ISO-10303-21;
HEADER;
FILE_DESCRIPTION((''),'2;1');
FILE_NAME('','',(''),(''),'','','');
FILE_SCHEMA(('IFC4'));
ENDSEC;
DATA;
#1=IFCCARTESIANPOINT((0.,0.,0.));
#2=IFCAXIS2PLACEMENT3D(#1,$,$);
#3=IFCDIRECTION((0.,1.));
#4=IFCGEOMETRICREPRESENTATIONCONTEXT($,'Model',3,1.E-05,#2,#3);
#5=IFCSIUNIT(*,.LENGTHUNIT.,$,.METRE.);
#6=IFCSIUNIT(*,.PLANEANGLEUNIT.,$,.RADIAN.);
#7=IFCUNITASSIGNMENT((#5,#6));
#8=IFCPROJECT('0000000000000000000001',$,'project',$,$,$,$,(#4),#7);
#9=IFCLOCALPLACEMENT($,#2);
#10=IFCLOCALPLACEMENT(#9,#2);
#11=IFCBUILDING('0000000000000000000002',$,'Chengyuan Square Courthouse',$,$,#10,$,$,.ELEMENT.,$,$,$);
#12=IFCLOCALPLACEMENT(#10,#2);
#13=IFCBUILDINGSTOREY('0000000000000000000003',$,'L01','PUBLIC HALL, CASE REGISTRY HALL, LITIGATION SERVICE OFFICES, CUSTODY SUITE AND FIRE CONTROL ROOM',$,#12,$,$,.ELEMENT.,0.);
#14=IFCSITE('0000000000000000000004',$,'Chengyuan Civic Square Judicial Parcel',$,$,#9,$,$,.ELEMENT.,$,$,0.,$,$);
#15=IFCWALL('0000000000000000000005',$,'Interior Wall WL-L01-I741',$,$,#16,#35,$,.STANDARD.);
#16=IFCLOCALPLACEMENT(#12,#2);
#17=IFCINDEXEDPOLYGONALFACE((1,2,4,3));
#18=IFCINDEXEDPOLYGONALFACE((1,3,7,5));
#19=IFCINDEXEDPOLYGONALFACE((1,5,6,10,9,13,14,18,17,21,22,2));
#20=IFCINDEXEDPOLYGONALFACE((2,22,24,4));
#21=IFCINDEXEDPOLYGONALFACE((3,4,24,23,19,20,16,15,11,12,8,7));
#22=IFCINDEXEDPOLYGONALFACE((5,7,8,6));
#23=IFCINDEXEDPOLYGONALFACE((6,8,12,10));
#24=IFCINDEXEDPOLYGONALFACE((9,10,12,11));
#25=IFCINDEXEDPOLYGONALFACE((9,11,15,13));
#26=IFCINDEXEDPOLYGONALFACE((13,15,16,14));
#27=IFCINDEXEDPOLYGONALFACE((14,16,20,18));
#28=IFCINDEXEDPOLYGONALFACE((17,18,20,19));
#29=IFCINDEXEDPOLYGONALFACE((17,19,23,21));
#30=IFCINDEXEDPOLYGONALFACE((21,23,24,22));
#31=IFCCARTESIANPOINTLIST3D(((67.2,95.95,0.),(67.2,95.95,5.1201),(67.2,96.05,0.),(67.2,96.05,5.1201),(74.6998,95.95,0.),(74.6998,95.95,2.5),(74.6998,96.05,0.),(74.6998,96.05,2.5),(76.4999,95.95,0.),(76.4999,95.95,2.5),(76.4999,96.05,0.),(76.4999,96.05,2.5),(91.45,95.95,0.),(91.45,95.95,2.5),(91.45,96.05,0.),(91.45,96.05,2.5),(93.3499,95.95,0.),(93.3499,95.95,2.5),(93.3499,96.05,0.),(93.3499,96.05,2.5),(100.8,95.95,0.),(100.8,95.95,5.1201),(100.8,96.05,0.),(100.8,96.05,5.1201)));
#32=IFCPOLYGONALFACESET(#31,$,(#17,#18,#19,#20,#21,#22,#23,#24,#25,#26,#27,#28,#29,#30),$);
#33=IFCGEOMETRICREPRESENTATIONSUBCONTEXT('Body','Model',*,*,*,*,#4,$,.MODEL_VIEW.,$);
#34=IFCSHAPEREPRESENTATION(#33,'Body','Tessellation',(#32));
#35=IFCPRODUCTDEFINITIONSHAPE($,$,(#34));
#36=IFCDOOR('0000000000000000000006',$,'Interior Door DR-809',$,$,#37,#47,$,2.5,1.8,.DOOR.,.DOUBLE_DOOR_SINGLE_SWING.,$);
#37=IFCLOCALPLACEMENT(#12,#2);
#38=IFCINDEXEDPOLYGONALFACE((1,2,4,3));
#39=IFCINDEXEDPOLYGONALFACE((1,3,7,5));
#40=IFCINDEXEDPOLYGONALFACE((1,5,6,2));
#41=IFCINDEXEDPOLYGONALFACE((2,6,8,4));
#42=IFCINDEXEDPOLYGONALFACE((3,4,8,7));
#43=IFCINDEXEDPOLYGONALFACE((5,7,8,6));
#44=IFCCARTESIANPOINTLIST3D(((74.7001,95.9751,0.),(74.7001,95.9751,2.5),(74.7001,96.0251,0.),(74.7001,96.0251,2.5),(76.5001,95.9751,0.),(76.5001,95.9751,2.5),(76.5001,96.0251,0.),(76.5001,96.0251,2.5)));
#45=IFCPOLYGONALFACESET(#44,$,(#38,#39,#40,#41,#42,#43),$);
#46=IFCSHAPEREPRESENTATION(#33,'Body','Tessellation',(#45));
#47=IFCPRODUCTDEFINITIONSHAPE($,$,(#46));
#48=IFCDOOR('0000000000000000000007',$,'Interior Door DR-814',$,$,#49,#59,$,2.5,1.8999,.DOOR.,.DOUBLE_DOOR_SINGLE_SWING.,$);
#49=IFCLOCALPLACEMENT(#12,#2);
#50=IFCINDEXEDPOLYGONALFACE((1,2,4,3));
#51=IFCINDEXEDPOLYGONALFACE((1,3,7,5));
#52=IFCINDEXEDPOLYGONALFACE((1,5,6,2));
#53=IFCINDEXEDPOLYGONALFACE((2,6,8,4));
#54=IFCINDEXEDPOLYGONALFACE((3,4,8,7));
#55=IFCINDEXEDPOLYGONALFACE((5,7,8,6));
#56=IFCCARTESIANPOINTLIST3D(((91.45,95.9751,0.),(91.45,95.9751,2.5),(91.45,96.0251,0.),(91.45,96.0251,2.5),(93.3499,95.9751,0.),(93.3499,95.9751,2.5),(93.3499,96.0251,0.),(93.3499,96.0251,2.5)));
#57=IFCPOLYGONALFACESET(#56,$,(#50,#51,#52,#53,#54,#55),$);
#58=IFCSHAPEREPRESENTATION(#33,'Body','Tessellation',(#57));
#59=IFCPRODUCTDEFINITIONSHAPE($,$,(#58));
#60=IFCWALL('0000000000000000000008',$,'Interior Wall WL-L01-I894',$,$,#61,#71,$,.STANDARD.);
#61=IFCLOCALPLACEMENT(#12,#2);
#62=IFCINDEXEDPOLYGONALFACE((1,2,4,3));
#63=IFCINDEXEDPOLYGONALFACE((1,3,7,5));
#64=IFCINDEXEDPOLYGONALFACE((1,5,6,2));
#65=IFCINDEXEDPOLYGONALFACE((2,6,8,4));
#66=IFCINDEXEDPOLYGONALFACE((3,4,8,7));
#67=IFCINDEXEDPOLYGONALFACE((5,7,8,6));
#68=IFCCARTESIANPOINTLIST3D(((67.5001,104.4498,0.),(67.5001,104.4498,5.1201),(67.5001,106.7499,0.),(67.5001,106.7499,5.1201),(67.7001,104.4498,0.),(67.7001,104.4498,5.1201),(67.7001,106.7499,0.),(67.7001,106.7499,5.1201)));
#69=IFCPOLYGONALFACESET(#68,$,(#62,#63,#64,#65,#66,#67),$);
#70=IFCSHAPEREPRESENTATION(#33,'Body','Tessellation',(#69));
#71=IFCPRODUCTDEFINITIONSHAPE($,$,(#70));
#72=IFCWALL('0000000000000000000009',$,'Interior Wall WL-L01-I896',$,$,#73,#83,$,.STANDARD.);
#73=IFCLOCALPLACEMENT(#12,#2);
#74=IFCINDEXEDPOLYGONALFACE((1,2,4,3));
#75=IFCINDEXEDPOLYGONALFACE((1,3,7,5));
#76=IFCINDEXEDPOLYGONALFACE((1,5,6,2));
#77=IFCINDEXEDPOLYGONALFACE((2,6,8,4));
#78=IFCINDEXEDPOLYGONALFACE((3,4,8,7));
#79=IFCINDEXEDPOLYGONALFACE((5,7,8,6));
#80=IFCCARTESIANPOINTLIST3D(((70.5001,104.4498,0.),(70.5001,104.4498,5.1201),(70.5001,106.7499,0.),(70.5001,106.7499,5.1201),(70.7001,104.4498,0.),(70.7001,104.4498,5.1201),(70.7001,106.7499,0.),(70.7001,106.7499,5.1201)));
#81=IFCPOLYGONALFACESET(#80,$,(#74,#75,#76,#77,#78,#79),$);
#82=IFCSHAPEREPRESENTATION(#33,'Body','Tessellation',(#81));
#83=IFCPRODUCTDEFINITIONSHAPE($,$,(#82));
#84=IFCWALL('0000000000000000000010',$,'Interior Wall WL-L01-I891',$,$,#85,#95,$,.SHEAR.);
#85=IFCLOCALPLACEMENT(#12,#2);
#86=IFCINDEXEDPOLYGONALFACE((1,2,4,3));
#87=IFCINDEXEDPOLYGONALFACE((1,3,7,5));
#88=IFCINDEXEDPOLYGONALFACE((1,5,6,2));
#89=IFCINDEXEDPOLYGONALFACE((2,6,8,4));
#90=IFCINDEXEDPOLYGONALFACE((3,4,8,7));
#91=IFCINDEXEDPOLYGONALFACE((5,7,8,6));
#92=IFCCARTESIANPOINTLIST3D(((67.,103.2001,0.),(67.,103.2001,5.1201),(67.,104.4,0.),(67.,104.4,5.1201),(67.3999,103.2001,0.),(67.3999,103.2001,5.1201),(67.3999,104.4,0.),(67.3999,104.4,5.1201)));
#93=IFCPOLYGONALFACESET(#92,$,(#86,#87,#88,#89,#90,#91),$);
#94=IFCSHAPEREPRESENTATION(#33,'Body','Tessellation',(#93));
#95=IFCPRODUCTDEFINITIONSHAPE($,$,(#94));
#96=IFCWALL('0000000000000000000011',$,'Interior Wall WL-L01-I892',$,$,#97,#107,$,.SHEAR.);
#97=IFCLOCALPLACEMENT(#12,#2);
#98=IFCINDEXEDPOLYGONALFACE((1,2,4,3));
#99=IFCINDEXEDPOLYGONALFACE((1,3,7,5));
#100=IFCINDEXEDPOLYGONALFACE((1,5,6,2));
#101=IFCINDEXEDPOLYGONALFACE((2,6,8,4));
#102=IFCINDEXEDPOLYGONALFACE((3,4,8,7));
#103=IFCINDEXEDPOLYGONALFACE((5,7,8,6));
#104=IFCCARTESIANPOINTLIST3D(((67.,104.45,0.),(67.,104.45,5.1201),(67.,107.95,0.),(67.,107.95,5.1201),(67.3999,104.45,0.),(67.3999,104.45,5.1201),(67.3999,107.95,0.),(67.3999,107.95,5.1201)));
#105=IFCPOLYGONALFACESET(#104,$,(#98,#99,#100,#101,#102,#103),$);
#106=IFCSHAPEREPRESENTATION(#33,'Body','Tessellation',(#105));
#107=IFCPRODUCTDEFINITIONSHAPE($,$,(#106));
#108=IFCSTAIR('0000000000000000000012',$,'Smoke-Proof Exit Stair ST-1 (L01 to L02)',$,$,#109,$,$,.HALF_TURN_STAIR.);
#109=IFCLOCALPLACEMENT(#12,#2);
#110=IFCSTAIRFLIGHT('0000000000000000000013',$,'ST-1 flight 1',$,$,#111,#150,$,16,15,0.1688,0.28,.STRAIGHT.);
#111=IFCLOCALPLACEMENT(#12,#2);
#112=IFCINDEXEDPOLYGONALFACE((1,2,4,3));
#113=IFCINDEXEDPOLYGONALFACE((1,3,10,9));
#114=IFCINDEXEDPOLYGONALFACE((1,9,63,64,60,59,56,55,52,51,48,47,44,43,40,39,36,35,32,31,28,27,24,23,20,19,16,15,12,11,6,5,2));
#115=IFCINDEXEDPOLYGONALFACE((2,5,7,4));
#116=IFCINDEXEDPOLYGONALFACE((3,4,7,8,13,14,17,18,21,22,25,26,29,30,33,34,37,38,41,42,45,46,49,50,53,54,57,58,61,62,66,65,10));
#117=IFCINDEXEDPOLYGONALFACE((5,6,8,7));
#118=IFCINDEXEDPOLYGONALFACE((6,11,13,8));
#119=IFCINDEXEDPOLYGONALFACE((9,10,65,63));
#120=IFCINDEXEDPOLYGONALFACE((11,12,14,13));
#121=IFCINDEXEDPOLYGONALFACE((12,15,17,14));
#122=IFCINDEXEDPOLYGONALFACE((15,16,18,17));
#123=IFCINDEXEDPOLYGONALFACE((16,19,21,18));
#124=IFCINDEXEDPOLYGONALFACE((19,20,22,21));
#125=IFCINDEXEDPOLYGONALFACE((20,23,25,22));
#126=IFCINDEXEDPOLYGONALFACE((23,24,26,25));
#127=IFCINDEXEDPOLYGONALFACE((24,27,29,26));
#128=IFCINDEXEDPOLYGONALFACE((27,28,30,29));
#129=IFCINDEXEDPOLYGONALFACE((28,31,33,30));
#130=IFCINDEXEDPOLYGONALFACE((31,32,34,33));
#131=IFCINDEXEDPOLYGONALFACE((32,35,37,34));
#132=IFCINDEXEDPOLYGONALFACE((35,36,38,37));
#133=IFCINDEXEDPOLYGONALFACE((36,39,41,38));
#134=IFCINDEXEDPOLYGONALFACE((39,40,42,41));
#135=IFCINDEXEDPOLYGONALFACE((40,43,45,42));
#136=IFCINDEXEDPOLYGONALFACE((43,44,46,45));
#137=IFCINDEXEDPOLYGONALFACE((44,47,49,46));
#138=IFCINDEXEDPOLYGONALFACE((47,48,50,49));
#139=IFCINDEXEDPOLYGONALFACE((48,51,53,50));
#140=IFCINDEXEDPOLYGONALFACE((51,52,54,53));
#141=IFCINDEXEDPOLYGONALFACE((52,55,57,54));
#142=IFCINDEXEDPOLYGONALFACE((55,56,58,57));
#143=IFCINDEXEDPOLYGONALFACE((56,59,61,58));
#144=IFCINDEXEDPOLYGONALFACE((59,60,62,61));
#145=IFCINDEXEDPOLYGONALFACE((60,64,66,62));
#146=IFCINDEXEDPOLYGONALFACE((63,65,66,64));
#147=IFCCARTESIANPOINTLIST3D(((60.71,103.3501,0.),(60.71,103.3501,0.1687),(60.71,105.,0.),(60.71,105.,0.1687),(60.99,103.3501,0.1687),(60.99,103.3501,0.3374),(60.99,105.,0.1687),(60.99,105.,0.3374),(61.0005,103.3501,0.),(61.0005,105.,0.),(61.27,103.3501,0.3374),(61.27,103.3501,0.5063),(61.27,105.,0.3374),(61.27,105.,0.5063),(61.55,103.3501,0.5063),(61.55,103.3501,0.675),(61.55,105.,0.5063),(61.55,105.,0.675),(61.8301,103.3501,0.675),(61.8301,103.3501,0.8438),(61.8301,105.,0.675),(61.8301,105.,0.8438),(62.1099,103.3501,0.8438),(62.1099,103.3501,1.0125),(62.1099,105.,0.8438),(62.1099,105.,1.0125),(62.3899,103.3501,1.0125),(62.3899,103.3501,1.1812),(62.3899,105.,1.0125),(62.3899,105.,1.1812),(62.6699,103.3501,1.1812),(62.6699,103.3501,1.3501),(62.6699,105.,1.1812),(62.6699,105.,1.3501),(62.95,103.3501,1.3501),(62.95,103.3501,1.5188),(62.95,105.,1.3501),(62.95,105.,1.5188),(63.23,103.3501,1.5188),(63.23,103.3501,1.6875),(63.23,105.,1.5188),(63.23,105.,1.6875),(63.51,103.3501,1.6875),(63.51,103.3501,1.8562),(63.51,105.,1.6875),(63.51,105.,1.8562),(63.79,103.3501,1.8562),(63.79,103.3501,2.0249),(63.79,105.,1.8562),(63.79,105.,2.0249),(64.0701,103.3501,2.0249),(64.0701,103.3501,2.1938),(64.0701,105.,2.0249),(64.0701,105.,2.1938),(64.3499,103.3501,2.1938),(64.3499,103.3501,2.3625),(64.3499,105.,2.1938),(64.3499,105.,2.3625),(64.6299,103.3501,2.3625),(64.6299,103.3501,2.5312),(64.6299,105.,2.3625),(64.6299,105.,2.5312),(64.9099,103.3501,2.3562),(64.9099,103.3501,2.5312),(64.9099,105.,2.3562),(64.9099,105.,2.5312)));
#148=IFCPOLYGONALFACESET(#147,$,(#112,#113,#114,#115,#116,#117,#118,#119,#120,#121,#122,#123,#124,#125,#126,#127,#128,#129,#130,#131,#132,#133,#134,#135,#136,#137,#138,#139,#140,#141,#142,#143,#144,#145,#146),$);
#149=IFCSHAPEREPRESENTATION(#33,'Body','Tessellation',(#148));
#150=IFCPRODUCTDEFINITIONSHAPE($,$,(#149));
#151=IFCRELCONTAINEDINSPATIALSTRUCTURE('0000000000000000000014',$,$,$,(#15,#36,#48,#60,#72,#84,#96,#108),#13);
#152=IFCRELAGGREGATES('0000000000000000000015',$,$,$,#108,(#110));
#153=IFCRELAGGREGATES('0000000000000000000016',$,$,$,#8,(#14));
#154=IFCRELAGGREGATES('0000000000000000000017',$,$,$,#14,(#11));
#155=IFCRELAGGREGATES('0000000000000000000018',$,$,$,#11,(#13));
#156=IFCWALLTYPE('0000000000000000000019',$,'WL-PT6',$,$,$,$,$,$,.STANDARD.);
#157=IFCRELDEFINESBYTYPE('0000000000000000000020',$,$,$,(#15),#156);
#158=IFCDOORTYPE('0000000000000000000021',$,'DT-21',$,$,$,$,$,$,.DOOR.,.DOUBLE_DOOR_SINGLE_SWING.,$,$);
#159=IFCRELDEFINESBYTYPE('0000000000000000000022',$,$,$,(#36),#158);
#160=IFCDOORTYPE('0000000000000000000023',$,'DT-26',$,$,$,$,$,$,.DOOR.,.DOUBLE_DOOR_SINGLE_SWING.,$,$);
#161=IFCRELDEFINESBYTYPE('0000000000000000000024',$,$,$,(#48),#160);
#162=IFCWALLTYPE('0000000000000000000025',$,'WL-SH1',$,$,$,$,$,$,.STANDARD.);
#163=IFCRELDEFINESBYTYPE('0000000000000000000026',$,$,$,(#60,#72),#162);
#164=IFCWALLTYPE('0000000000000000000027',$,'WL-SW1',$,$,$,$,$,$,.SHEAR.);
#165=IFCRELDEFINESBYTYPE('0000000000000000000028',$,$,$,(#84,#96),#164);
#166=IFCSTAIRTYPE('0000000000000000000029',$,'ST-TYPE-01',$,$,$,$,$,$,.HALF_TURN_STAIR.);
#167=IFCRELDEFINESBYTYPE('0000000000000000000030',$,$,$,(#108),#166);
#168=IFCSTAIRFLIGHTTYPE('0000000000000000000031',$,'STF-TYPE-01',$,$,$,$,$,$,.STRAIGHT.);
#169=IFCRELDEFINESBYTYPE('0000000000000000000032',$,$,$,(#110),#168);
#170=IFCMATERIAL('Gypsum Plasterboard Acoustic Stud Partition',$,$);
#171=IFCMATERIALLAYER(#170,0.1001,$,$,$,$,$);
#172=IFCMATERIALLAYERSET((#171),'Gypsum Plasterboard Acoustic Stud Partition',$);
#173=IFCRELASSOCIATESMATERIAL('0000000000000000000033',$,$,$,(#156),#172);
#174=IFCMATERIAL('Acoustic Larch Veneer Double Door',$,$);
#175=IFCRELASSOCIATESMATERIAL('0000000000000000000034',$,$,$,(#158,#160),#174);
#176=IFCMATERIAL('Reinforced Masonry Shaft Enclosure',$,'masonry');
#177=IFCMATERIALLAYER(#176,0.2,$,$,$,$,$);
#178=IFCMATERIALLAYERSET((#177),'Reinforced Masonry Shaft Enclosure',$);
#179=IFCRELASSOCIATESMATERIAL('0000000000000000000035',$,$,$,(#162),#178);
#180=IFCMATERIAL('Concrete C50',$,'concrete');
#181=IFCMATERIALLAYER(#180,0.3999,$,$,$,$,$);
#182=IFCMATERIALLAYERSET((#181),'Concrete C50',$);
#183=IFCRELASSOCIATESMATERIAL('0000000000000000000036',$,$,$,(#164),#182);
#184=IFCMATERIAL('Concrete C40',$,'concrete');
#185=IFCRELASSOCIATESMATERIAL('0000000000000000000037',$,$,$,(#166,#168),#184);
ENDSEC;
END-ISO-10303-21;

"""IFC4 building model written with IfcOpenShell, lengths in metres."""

from ifc_helpers import new_model, si_unit, direction, frame, frame_2d, origin, place, context, subcontext, project, spatial, polyline, rectangle, outline, extrude, material, layer, layer_set, type_object, element, fill, aggregate, save


model = new_model("IFC4")

# Units and contexts
model_context = context("Model", 3, precision=1e-05, world=origin(), true_north=direction((0.0, 1.0)))
body_context = subcontext(model_context, "Body", "Model", "MODEL_VIEW")
ifc_project = project(units=[si_unit("LENGTHUNIT", "METRE"), si_unit("PLANEANGLEUNIT", "RADIAN")], contexts=[model_context])

# Site, building, storey
site_placement = place(None, origin())
site = spatial("IfcSite", under=ifc_project, at=site_placement, Name="Chengyuan Civic Square Judicial Parcel", CompositionType="ELEMENT", RefElevation=0.0)
building_placement = place(site_placement, origin())
building = spatial("IfcBuilding", under=site, at=building_placement, Name="Chengyuan Square Courthouse", CompositionType="ELEMENT")
storey_placement = place(building_placement, origin())
storey = spatial("IfcBuildingStorey", under=building, at=storey_placement, Name="L01", Description="PUBLIC HALL, CASE REGISTRY HALL, LITIGATION SERVICE OFFICES, CUSTODY SUITE AND FIRE CONTROL ROOM", CompositionType="ELEMENT", Elevation=0.0)

# Shared definitions
ifc_material_1 = material(Name="Concrete C50", Category="concrete")

# Shared definitions
ifc_material_2 = material(Name="Concrete C40", Category="concrete")

# Shared definitions
ifc_material_3 = material(Name="Acoustic Larch Veneer Double Door")

# Wall, openings, doors
ifc_material_4 = material(Name="Gypsum Plasterboard Acoustic Stud Partition")
ifc_layer_1 = layer(ifc_material_4, 0.1001)
ifc_layer_set_1 = layer_set([ifc_layer_1], Name="Gypsum Plasterboard Acoustic Stud Partition")
wall_type_1 = type_object("IfcWallType", Name="WL-PT6", PredefinedType="STANDARD", material=ifc_layer_set_1)
door_type_1 = type_object("IfcDoorType", Name="DT-21", OperationType="DOUBLE_DOOR_SINGLE_SWING", PredefinedType="DOOR", material=ifc_material_3)
wall_1_placement = place(storey_placement, frame((67.2, 96.0, 0.0), z_axis=(0.0, 0.0, 1.0), x_axis=(1.0, 0.0, 0.0)))
wall_1 = element("IfcWall", 1, at=wall_1_placement, inside=storey, type_object=wall_type_1, Name="Interior Wall WL-L01-I741", PredefinedType="STANDARD", context=body_context, shape_type="SweptSolid", body=[
    extrude(rectangle(XDim=33.6001, YDim=0.1001, at=frame_2d((16.8, 0.0))), origin(), (0.0, 0.0, 1.0), 5.1201),
])
opening_1_placement = place(wall_1_placement, frame((7.5, 0.0, 0.0)))
opening_1 = element("IfcOpeningElement", 2, at=opening_1_placement, cuts=wall_1, PredefinedType="OPENING", context=body_context, shape_type="SweptSolid", body=[
    extrude(rectangle(XDim=1.8, YDim=2.5, at=frame_2d((0.8999, 1.25))), frame((0.0, 0.062, 0.0), z_axis=(0.0, -1.0, 0.0), x_axis=(1.0, 0.0, 0.0)), (0.0, 0.0, 1.0), 0.124),
])
opening_2_placement = place(wall_1_placement, frame((24.25, 0.0, 0.0)))
opening_2 = element("IfcOpeningElement", 3, at=opening_2_placement, cuts=wall_1, PredefinedType="OPENING", context=body_context, shape_type="SweptSolid", body=[
    extrude(rectangle(XDim=1.8999, YDim=2.5, at=frame_2d((0.95, 1.25))), frame((0.0, 0.062, 0.0), z_axis=(0.0, -1.0, 0.0), x_axis=(1.0, 0.0, 0.0)), (0.0, 0.0, 1.0), 0.124),
])
door_1_placement = place(opening_1_placement, frame((1.8, 0.0, 0.0), z_axis=(0.0, 0.0, 1.0), x_axis=(-1.0, 0.0, 0.0)))
door_1 = element("IfcDoor", 4, at=door_1_placement, inside=storey, type_object=door_type_1, Name="Interior Door DR-809", OperationType="DOUBLE_DOOR_SINGLE_SWING", OverallHeight=2.5, OverallWidth=1.8, PredefinedType="DOOR", context=body_context, shape_type="SweptSolid", body=[
    extrude(rectangle(XDim=1.8, YDim=2.5, at=frame_2d((0.8999, 1.25))), frame((0.0, 0.0249, 0.0), z_axis=(0.0, -1.0, 0.0), x_axis=(1.0, 0.0, 0.0)), (0.0, 0.0, 1.0), 0.05),
])
fill(opening_1, door_1)
door_type_2 = type_object("IfcDoorType", Name="DT-26", OperationType="DOUBLE_DOOR_SINGLE_SWING", PredefinedType="DOOR", material=ifc_material_3)
door_2_placement = place(opening_2_placement, frame((1.8999, 0.0, 0.0), z_axis=(0.0, 0.0, 1.0), x_axis=(-1.0, 0.0, 0.0)))
door_2 = element("IfcDoor", 5, at=door_2_placement, inside=storey, type_object=door_type_2, Name="Interior Door DR-814", OperationType="DOUBLE_DOOR_SINGLE_SWING", OverallHeight=2.5, OverallWidth=1.8999, PredefinedType="DOOR", context=body_context, shape_type="SweptSolid", body=[
    extrude(rectangle(XDim=1.8999, YDim=2.5, at=frame_2d((0.95, 1.25))), frame((0.0, 0.0249, 0.0), z_axis=(0.0, -1.0, 0.0), x_axis=(1.0, 0.0, 0.0)), (0.0, 0.0, 1.0), 0.05),
])
fill(opening_2, door_2)

# Shared definitions
ifc_material_5 = material(Name="Reinforced Masonry Shaft Enclosure", Category="masonry")
ifc_layer_2 = layer(ifc_material_5, 0.2)
ifc_layer_set_2 = layer_set([ifc_layer_2], Name="Reinforced Masonry Shaft Enclosure")
wall_type_2 = type_object("IfcWallType", Name="WL-SH1", PredefinedType="STANDARD", material=ifc_layer_set_2)

# Walls
for number, where, z_axis, x_axis, name in (
    (6, (67.6001, 104.45, 0.0), (0.0, 0.0, 1.0), (0.0, 1.0, 0.0), "Interior Wall WL-L01-I894"),
    (7, (70.6001, 104.45, 0.0), (0.0, 0.0, 1.0), (0.0, 1.0, 0.0), "Interior Wall WL-L01-I896"),
):
    element("IfcWall", number, at=place(storey_placement, frame(where, z_axis=z_axis, x_axis=x_axis)), inside=storey, type_object=wall_type_2, Name=name, PredefinedType="STANDARD", context=body_context, shape_type="SweptSolid", body=[
        extrude(rectangle(XDim=2.3, YDim=0.2, at=frame_2d((1.1499, 0.0))), origin(), (0.0, 0.0, 1.0), 5.1201),
    ])
ifc_layer_3 = layer(ifc_material_1, 0.3999)
ifc_layer_set_3 = layer_set([ifc_layer_3], Name="Concrete C50")
wall_type_3 = type_object("IfcWallType", Name="WL-SW1", PredefinedType="SHEAR", material=ifc_layer_set_3)
wall_2_placement = place(storey_placement, frame((67.2, 103.2, 0.0), z_axis=(0.0, 0.0, 1.0), x_axis=(0.0, 1.0, 0.0)))
element("IfcWall", 8, at=wall_2_placement, inside=storey, type_object=wall_type_3, Name="Interior Wall WL-L01-I891", PredefinedType="SHEAR", context=body_context, shape_type="SweptSolid", body=[
    extrude(rectangle(XDim=1.2, YDim=0.3999, at=frame_2d((0.6001, 0.0))), origin(), (0.0, 0.0, 1.0), 5.1201),
])
wall_3_placement = place(storey_placement, frame((67.2, 104.45, 0.0), z_axis=(0.0, 0.0, 1.0), x_axis=(0.0, 1.0, 0.0)))
element("IfcWall", 9, at=wall_3_placement, inside=storey, type_object=wall_type_3, Name="Interior Wall WL-L01-I892", PredefinedType="SHEAR", context=body_context, shape_type="SweptSolid", body=[
    extrude(rectangle(XDim=3.5, YDim=0.3999, at=frame_2d((1.75, 0.0))), origin(), (0.0, 0.0, 1.0), 5.1201),
])

# Stair, stair flight
stair_type = type_object("IfcStairType", Name="ST-TYPE-01", PredefinedType="HALF_TURN_STAIR", material=ifc_material_2)
stair_placement = place(storey_placement, origin())
stair = element("IfcStair", 10, at=stair_placement, inside=storey, type_object=stair_type, Name="Smoke-Proof Exit Stair ST-1 (L01 to L02)", PredefinedType="HALF_TURN_STAIR")
stair_flight_type = type_object("IfcStairFlightType", Name="STF-TYPE-01", PredefinedType="STRAIGHT", material=ifc_material_2)
stair_flight_placement = place(storey_placement, frame((60.71, 104.175, 0.0), z_axis=(0.0, 0.0, 1.0), x_axis=(1.0, 0.0, 0.0)))
stair_flight = element("IfcStairFlight", 11, at=stair_flight_placement, type_object=stair_flight_type, Name="ST-1 flight 1", NumberOfRisers=16, NumberOfTreads=15, PredefinedType="STRAIGHT", RiserHeight=0.1688, TreadLength=0.28, context=body_context, shape_type="SweptSolid", body=[
    extrude(outline(polyline([(0.0, 0.0), (0.0, 0.1687), (0.28, 0.1687), (0.28, 0.3374), (0.5601, 0.3374), (0.5601, 0.5063), (0.8401, 0.5063), (0.8401, 0.675), (1.1201, 0.675), (1.1201, 0.8438), (1.3999, 0.8438), (1.3999, 1.0125), (1.6799, 1.0125), (1.6799, 1.1812), (1.96, 1.1812), (1.96, 1.3501), (2.24, 1.3501), (2.24, 1.5188), (2.52, 1.5188), (2.52, 1.6875), (2.8, 1.6875), (2.8, 1.8562), (3.0801, 1.8562), (3.0801, 2.0249), (3.3601, 2.0249), (3.3601, 2.1938), (3.6399, 2.1938), (3.6399, 2.3625), (3.9199, 2.3625), (3.9199, 2.5312), (4.2, 2.5312), (4.2, 2.7), (4.2, 2.3562), (0.2905, 0.0), (0.0, 0.0)])), frame((0.0, 0.825, 0.0), z_axis=(0.0, -1.0, 0.0), x_axis=(1.0, 0.0, 0.0)), (0.0, 0.0, 1.0), 1.6499),
])
aggregate(stair, [stair_flight])

save(model, "model.ifc")
